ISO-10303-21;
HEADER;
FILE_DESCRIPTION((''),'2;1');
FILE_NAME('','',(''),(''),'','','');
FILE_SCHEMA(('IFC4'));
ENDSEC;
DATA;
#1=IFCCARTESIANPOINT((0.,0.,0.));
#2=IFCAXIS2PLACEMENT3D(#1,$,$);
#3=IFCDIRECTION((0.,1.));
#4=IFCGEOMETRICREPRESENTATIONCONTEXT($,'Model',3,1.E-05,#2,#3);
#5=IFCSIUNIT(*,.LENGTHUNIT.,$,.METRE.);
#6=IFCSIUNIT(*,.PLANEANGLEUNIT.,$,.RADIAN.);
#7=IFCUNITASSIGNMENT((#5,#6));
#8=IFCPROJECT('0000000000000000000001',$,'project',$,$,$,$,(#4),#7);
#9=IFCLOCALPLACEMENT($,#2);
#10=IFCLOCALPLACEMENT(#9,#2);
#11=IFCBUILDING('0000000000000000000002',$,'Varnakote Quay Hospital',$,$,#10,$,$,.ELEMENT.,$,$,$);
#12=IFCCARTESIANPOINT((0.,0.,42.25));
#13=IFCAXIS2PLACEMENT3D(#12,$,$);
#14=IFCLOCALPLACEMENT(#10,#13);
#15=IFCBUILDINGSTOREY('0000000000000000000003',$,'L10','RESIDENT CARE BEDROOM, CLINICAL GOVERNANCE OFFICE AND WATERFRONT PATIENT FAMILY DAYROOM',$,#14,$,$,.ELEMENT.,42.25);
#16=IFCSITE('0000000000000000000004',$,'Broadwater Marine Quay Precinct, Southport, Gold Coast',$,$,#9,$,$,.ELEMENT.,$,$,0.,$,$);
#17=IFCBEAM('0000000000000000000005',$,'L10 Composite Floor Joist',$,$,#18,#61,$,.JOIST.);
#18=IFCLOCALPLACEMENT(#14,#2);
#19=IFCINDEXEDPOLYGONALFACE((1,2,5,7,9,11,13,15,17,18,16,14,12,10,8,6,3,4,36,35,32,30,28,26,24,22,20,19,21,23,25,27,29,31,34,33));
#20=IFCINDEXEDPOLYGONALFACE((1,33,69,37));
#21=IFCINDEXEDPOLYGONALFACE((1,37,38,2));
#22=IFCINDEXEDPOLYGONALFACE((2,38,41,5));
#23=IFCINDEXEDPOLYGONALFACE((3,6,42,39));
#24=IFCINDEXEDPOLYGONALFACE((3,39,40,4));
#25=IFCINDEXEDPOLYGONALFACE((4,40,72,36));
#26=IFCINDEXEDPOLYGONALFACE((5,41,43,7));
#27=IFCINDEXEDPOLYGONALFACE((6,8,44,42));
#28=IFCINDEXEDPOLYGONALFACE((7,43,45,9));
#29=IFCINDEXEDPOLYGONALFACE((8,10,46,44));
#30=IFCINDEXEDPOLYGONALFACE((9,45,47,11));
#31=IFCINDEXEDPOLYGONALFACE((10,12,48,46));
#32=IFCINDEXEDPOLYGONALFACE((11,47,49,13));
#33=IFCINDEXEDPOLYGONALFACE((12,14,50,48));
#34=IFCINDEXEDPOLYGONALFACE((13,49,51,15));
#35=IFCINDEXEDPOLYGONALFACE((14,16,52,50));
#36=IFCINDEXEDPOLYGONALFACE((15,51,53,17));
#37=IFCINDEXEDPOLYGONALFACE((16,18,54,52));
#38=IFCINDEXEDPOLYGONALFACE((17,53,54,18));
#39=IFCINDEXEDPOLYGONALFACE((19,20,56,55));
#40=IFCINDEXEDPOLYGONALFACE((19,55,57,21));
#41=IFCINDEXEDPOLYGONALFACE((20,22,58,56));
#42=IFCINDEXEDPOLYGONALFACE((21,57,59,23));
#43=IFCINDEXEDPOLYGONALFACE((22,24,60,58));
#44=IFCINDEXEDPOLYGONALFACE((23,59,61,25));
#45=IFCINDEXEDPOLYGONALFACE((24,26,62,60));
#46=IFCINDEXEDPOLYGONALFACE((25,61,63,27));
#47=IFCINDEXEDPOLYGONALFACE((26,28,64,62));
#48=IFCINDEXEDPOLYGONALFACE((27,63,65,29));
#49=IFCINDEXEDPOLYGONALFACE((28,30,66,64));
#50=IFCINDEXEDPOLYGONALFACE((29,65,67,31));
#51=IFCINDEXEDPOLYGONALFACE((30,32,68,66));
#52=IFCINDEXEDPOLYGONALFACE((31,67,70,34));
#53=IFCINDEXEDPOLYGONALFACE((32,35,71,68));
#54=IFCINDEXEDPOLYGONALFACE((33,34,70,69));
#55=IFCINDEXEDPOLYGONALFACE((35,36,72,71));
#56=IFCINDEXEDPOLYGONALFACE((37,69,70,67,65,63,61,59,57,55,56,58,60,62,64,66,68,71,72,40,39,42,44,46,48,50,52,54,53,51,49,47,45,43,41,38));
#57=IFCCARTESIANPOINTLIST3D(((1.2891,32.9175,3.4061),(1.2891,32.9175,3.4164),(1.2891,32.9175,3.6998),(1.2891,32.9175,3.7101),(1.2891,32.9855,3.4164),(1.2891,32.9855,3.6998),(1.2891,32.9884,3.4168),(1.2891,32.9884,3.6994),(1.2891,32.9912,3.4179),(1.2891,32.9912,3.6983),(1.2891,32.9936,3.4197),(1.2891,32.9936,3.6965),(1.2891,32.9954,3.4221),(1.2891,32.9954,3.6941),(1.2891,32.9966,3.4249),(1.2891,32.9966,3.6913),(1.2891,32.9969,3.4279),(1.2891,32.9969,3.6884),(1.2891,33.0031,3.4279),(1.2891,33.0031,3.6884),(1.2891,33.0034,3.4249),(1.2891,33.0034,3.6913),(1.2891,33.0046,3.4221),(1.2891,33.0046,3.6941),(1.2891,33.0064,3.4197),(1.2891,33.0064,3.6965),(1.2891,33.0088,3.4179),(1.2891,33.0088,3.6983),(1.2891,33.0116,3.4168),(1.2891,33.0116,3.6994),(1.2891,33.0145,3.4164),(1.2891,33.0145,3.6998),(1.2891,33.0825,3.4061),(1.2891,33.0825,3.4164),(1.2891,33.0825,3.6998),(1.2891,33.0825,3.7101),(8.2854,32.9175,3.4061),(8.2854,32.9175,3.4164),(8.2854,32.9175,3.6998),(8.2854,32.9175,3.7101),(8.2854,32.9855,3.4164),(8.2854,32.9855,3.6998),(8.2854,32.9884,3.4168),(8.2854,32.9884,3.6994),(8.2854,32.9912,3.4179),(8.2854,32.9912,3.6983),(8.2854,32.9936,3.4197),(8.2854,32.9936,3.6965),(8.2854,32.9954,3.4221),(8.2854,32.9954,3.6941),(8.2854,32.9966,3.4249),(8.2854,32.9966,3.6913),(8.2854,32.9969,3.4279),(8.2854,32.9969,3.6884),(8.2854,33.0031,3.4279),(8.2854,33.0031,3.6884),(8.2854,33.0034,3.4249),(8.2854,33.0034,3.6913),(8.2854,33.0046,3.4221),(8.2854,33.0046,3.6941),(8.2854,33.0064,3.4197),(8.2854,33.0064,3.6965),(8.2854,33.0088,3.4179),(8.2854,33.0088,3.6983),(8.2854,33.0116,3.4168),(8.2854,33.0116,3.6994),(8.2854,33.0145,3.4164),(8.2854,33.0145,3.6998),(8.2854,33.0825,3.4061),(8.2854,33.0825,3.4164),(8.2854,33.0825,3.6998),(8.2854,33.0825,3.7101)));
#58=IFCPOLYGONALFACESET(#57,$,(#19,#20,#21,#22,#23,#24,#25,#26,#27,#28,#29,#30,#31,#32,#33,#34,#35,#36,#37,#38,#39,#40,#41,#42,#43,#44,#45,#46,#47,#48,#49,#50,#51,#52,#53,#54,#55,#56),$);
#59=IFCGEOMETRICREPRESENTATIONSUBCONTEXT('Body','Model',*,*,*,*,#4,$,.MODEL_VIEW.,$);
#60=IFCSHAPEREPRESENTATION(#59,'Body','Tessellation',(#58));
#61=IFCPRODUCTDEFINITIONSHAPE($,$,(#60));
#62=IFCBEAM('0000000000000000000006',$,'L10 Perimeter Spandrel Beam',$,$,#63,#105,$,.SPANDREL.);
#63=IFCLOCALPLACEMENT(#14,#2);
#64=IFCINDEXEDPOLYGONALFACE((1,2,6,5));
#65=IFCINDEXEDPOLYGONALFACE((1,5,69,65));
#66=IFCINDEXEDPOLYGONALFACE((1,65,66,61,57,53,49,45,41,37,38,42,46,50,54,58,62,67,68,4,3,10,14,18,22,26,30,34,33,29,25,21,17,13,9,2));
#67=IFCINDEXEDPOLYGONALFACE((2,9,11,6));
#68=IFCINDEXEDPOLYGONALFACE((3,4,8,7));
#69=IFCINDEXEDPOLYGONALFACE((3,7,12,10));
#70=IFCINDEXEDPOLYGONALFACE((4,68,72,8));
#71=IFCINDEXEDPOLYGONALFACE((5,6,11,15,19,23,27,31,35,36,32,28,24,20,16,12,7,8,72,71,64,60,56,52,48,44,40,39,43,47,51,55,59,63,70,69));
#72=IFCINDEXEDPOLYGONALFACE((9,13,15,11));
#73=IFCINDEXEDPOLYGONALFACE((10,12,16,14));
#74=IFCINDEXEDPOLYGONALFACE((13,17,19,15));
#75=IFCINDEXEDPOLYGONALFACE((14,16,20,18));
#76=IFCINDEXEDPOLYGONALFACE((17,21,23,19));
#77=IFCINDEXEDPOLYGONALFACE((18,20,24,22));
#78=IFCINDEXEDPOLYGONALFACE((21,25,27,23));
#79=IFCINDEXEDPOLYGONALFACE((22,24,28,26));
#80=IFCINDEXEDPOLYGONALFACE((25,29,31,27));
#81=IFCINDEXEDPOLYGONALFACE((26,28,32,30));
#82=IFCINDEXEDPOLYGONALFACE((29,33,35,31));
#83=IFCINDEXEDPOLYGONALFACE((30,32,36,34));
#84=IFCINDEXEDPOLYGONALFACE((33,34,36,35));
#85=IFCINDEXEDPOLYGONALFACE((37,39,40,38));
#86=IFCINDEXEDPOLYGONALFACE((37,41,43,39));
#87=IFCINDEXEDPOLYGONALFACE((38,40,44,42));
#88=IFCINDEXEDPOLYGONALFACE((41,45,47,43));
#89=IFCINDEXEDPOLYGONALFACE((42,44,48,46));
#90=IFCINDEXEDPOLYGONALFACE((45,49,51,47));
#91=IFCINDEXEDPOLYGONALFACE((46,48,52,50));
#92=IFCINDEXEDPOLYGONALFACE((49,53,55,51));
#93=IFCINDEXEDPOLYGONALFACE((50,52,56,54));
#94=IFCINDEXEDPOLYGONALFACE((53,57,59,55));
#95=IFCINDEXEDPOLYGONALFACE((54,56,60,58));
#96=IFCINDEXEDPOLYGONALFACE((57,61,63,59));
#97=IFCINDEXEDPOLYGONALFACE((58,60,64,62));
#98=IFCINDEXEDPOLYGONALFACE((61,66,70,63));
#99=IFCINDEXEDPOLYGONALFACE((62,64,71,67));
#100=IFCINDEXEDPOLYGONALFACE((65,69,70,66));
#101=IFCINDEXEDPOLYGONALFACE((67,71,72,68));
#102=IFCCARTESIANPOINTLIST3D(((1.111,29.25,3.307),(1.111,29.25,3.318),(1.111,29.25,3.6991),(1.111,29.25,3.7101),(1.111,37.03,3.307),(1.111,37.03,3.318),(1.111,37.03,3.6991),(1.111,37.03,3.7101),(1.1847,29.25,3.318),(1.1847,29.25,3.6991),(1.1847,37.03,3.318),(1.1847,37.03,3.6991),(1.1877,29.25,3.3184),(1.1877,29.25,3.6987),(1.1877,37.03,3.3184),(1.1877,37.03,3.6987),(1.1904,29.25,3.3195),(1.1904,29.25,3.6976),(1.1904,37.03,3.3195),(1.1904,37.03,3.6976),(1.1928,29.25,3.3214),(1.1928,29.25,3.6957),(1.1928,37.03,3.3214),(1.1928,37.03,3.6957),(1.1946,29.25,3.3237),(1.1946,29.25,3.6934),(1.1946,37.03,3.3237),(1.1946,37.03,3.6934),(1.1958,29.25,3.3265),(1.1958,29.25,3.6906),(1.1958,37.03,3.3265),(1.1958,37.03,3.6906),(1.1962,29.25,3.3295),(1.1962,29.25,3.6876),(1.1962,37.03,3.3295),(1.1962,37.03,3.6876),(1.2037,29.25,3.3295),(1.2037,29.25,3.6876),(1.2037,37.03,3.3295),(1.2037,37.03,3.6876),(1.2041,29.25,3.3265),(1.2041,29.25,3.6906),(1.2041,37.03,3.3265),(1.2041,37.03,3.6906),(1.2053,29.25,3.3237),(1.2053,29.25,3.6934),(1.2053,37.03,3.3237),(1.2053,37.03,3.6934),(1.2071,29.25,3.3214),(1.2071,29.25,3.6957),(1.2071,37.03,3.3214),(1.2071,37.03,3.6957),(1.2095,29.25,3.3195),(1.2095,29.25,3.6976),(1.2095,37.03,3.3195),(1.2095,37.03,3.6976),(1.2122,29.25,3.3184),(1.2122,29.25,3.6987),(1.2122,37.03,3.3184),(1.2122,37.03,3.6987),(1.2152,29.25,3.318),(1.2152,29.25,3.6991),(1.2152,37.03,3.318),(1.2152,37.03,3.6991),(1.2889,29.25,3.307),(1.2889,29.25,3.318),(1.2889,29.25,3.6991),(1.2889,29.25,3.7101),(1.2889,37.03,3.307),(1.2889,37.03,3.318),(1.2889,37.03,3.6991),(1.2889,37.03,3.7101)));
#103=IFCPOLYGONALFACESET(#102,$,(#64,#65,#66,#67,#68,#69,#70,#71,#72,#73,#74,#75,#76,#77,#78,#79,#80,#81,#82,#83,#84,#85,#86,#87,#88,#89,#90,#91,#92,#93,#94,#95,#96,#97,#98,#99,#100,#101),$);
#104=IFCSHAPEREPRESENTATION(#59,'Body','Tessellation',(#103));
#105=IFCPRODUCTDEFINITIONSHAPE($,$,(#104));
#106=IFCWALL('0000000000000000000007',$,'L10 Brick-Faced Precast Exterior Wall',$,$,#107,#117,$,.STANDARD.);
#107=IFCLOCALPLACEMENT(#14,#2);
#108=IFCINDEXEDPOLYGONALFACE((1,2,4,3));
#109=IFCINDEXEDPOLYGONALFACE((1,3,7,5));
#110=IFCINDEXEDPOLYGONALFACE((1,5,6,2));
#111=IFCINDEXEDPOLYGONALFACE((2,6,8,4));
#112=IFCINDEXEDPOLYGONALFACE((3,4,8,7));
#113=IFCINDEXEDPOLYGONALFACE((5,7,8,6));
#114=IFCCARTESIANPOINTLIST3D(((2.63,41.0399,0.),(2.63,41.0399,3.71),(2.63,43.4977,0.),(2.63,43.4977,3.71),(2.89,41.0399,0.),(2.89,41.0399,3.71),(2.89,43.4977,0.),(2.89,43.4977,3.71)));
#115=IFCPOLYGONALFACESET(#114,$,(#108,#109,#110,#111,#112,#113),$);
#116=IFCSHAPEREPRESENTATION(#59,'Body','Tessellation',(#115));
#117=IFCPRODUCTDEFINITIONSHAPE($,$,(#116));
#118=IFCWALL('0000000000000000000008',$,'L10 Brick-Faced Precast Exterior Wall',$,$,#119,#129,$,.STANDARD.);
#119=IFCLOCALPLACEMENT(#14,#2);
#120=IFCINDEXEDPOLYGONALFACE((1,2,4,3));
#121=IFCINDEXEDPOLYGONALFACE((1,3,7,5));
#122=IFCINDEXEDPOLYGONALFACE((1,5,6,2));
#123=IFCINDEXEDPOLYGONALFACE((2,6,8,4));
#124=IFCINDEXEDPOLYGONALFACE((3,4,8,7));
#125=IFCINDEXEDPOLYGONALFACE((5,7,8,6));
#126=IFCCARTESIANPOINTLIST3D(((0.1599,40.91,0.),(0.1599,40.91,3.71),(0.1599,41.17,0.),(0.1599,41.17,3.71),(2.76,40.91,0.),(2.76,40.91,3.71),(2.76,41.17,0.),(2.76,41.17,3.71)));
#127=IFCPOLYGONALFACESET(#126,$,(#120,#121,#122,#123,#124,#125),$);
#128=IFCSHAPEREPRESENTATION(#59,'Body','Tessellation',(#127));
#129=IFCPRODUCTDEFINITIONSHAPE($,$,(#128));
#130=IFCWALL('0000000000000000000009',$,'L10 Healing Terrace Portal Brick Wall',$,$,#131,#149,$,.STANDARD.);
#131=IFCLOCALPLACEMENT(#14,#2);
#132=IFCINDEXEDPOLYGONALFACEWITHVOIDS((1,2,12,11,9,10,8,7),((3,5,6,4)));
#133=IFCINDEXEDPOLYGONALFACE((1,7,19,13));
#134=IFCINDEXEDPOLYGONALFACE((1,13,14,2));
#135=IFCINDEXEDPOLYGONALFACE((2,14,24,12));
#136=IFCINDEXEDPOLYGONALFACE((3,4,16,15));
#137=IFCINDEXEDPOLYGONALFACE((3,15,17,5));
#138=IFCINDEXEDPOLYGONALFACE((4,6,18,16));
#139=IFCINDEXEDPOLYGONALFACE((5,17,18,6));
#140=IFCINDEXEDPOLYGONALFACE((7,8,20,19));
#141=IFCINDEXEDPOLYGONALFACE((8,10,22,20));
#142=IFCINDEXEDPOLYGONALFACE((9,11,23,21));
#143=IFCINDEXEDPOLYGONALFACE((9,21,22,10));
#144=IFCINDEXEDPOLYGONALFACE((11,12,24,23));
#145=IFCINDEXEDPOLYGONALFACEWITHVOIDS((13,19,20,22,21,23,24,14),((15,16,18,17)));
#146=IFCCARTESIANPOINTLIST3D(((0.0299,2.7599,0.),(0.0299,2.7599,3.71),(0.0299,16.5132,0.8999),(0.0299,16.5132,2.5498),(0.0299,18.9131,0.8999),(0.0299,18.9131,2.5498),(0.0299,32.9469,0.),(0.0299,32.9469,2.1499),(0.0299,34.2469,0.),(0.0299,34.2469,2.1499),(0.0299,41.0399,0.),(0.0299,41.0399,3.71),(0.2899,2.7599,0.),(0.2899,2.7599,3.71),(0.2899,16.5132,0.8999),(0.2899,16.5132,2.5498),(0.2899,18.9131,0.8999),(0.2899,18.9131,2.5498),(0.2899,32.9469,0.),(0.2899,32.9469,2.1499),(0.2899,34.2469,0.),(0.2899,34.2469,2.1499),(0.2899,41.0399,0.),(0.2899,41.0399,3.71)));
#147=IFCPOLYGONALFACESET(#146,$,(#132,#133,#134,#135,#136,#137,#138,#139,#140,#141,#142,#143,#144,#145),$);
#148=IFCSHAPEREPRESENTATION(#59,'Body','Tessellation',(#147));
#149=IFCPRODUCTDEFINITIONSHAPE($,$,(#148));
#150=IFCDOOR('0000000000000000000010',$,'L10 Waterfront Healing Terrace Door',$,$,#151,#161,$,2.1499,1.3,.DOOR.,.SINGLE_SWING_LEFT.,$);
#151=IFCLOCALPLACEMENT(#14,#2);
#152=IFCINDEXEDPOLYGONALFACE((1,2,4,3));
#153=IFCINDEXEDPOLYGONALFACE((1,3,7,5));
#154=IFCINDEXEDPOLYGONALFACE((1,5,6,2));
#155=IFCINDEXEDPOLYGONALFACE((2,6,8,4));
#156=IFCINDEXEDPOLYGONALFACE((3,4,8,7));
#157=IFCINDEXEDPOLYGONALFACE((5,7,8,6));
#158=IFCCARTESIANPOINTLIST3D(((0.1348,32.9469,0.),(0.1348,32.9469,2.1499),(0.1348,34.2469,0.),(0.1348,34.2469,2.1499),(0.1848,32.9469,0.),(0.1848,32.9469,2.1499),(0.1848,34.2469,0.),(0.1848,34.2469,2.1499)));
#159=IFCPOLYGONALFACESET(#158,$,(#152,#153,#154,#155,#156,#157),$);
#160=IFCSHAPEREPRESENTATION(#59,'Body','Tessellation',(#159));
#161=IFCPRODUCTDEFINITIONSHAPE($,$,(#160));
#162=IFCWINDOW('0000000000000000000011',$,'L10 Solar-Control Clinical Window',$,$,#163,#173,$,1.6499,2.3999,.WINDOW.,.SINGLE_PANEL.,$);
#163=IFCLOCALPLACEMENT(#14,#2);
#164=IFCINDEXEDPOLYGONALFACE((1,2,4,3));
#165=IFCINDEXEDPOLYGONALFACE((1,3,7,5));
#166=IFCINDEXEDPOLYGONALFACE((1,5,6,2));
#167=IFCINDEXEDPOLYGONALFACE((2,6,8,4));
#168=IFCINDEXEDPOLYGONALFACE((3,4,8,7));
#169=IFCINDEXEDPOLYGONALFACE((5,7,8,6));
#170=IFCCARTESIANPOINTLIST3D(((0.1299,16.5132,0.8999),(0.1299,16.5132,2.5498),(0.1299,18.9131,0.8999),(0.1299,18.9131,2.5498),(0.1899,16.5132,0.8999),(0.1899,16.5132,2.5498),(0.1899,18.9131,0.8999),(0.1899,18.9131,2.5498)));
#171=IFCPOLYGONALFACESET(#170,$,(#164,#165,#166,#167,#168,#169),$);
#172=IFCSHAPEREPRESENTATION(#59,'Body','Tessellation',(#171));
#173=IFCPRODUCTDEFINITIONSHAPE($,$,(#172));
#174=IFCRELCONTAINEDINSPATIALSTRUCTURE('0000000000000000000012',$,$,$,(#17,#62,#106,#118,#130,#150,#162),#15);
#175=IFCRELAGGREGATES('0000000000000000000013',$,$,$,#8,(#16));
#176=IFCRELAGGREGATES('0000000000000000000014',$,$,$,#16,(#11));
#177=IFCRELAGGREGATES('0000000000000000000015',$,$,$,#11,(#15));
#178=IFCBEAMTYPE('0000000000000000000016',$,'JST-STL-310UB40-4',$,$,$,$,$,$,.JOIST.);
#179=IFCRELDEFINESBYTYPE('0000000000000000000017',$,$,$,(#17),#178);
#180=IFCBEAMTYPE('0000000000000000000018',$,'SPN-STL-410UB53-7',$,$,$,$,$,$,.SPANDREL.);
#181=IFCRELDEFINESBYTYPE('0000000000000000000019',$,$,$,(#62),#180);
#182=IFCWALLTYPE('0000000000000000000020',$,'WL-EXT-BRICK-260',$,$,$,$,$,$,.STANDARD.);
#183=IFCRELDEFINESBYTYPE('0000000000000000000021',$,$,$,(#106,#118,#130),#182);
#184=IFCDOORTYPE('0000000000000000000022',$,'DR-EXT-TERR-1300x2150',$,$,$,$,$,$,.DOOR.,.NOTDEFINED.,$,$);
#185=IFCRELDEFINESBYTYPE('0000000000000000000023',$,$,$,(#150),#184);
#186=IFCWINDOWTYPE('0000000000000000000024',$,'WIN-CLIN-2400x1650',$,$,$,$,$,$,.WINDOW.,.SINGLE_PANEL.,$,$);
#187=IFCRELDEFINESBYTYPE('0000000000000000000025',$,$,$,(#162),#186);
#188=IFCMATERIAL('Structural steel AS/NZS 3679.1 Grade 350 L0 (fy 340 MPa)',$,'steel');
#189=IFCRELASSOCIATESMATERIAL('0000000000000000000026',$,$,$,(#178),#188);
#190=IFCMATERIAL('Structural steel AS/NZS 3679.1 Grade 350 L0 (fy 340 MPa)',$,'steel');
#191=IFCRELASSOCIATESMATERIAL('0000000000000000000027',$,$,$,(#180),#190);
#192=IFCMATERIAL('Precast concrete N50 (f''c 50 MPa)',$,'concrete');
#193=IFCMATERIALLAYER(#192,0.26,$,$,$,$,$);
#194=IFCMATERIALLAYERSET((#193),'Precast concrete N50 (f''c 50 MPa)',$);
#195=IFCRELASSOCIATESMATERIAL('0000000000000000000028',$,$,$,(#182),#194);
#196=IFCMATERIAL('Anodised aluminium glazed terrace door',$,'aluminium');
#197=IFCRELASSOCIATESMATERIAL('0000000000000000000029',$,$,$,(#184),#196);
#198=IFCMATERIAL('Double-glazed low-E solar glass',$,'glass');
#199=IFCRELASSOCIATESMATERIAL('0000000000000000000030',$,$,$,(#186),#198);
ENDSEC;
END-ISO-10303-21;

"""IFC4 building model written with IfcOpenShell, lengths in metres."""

from ifc_helpers import new_model, si_unit, direction, frame, frame_2d, origin, origin_2d, place, context, subcontext, project, spatial, rectangle, i_section, extrude, material, layer, layer_set, material_profile, profile_set, type_object, element, fill, save


model = new_model("IFC4")

# Units and contexts
model_context = context("Model", 3, precision=1e-05, world=origin(), true_north=direction((0.0, 1.0)))
body_context = subcontext(model_context, "Body", "Model", "MODEL_VIEW")
ifc_project = project(units=[si_unit("LENGTHUNIT", "METRE"), si_unit("PLANEANGLEUNIT", "RADIAN")], contexts=[model_context])

# Site, building, storey
site_placement = place(None, origin())
site = spatial("IfcSite", under=ifc_project, at=site_placement, Name="Broadwater Marine Quay Precinct, Southport, Gold Coast", CompositionType="ELEMENT", RefElevation=0.0)
building_placement = place(site_placement, origin())
building = spatial("IfcBuilding", under=site, at=building_placement, Name="Varnakote Quay Hospital", CompositionType="ELEMENT")
storey_placement = place(building_placement, frame((0.0, 0.0, 42.25)))
storey = spatial("IfcBuildingStorey", under=building, at=storey_placement, Name="L10", Description="RESIDENT CARE BEDROOM, CLINICAL GOVERNANCE OFFICE AND WATERFRONT PATIENT FAMILY DAYROOM", CompositionType="ELEMENT", Elevation=42.25)

# Beams
ifc_material_1 = material(Name="Structural steel AS/NZS 3679.1 Grade 350 L0 (fy 340 MPa)", Category="steel")
ifc_material_profile_1 = material_profile(ifc_material_1, i_section(OverallWidth=0.165, OverallDepth=0.304, WebThickness=0.0061, FlangeThickness=0.0103, FilletRadius=0.0115, at=origin_2d()), Name="310UB40.4")
ifc_profile_set_1 = profile_set([ifc_material_profile_1], Name="Structural steel AS/NZS 3679.1 Grade 350 L0 (fy 340 MPa)")
beam_type_1 = type_object("IfcBeamType", Name="JST-STL-310UB40-4", PredefinedType="JOIST", material=ifc_profile_set_1)
beam_1_placement = place(storey_placement, frame((1.2891, 33.0, 3.5581), z_axis=(1.0, 0.0, 0.0), x_axis=(0.0, 1.0, 0.0)))
element("IfcBeam", 1, at=beam_1_placement, inside=storey, type_object=beam_type_1, Name="L10 Composite Floor Joist", PredefinedType="JOIST", context=body_context, shape_type="SweptSolid", body=[
    extrude(i_section(OverallWidth=0.165, OverallDepth=0.304, WebThickness=0.0061, FlangeThickness=0.0103, FilletRadius=0.0115, at=origin_2d()), origin(), (0.0, 0.0, 1.0), 6.9963),
])
ifc_material_2 = material(Name="Structural steel AS/NZS 3679.1 Grade 350 L0 (fy 340 MPa)", Category="steel")
ifc_material_profile_2 = material_profile(ifc_material_2, i_section(OverallWidth=0.178, OverallDepth=0.4031, WebThickness=0.0076, FlangeThickness=0.011, FilletRadius=0.0115, at=origin_2d()), Name="410UB53.7")
ifc_profile_set_2 = profile_set([ifc_material_profile_2], Name="Structural steel AS/NZS 3679.1 Grade 350 L0 (fy 340 MPa)")
beam_type_2 = type_object("IfcBeamType", Name="SPN-STL-410UB53-7", PredefinedType="SPANDREL", material=ifc_profile_set_2)
beam_2_placement = place(storey_placement, frame((1.2, 29.25, 3.5085), z_axis=(0.0, 1.0, 0.0), x_axis=(-1.0, 0.0, 0.0)))
element("IfcBeam", 2, at=beam_2_placement, inside=storey, type_object=beam_type_2, Name="L10 Perimeter Spandrel Beam", PredefinedType="SPANDREL", context=body_context, shape_type="SweptSolid", body=[
    extrude(i_section(OverallWidth=0.178, OverallDepth=0.4031, WebThickness=0.0076, FlangeThickness=0.011, FilletRadius=0.0115, at=origin_2d()), origin(), (0.0, 0.0, 1.0), 7.78),
])

# Walls
ifc_material_3 = material(Name="Precast concrete N50 (f'c 50 MPa)", Category="concrete")
ifc_layer_1 = layer(ifc_material_3, 0.26)
ifc_layer_set_1 = layer_set([ifc_layer_1], Name="Precast concrete N50 (f'c 50 MPa)")
wall_type = type_object("IfcWallType", Name="WL-EXT-BRICK-260", PredefinedType="STANDARD", material=ifc_layer_set_1)
wall_1_placement = place(storey_placement, frame((2.76, 43.4978, 0.0), z_axis=(0.0, 0.0, 1.0), x_axis=(0.0, -1.0, 0.0)))
element("IfcWall", 3, at=wall_1_placement, inside=storey, type_object=wall_type, Name="L10 Brick-Faced Precast Exterior Wall", PredefinedType="STANDARD", context=body_context, shape_type="SweptSolid", body=[
    extrude(rectangle(XDim=2.4578, YDim=0.26, at=frame_2d((1.229, 0.0))), origin(), (0.0, 0.0, 1.0), 3.71),
])
wall_2_placement = place(storey_placement, frame((2.76, 41.04, 0.0), z_axis=(0.0, 0.0, 1.0), x_axis=(-1.0, 0.0, 0.0)))
element("IfcWall", 4, at=wall_2_placement, inside=storey, type_object=wall_type, Name="L10 Brick-Faced Precast Exterior Wall", PredefinedType="STANDARD", context=body_context, shape_type="SweptSolid", body=[
    extrude(rectangle(XDim=2.6001, YDim=0.26, at=frame_2d((1.3, 0.0))), origin(), (0.0, 0.0, 1.0), 3.71),
])

# Wall, openings, door, window
wall_3_placement = place(storey_placement, frame((0.1599, 41.04, 0.0), z_axis=(0.0, 0.0, 1.0), x_axis=(0.0, -1.0, 0.0)))
wall_3 = element("IfcWall", 5, at=wall_3_placement, inside=storey, type_object=wall_type, Name="L10 Healing Terrace Portal Brick Wall", PredefinedType="STANDARD", context=body_context, shape_type="SweptSolid", body=[
    extrude(rectangle(XDim=38.28, YDim=0.26, at=frame_2d((19.1401, 0.0))), origin(), (0.0, 0.0, 1.0), 3.71),
])
opening_1_placement = place(wall_3_placement, frame((6.7932, 0.0, 0.0)))
opening_1 = element("IfcOpeningElement", 6, at=opening_1_placement, cuts=wall_3, PredefinedType="OPENING", context=body_context, shape_type="SweptSolid", body=[
    extrude(rectangle(XDim=1.3, YDim=2.1499, at=frame_2d((0.6499, 1.075))), frame((0.0, 0.1399, 0.0), z_axis=(0.0, -1.0, 0.0), x_axis=(1.0, 0.0, 0.0)), (0.0, 0.0, 1.0), 0.28),
])
opening_2_placement = place(wall_3_placement, frame((22.127, 0.0, 0.8999)))
opening_2 = element("IfcOpeningElement", 7, at=opening_2_placement, cuts=wall_3, PredefinedType="OPENING", context=body_context, shape_type="SweptSolid", body=[
    extrude(rectangle(XDim=2.3999, YDim=1.6499, at=frame_2d((1.2, 0.825))), frame((0.0, 0.1399, 0.0), z_axis=(0.0, -1.0, 0.0), x_axis=(1.0, 0.0, 0.0)), (0.0, 0.0, 1.0), 0.28),
])
ifc_material_4 = material(Name="Anodised aluminium glazed terrace door", Category="aluminium")
door_type = type_object("IfcDoorType", Name="DR-EXT-TERR-1300x2150", OperationType="NOTDEFINED", PredefinedType="DOOR", material=ifc_material_4)
door_placement = place(opening_1_placement, origin())
door = element("IfcDoor", 8, at=door_placement, inside=storey, type_object=door_type, Name="L10 Waterfront Healing Terrace Door", OperationType="SINGLE_SWING_LEFT", OverallHeight=2.1499, OverallWidth=1.3, PredefinedType="DOOR", context=body_context, shape_type="SweptSolid", body=[
    extrude(rectangle(XDim=1.3, YDim=2.1499, at=frame_2d((0.6499, 1.075))), frame((0.0, 0.0249, 0.0), z_axis=(0.0, -1.0, 0.0), x_axis=(1.0, 0.0, 0.0)), (0.0, 0.0, 1.0), 0.05),
])
fill(opening_1, door)
ifc_material_5 = material(Name="Double-glazed low-E solar glass", Category="glass")
window_type = type_object("IfcWindowType", Name="WIN-CLIN-2400x1650", PartitioningType="SINGLE_PANEL", PredefinedType="WINDOW", material=ifc_material_5)
window_placement = place(opening_2_placement, origin())
window = element("IfcWindow", 9, at=window_placement, inside=storey, type_object=window_type, Name="L10 Solar-Control Clinical Window", OverallHeight=1.6499, OverallWidth=2.3999, PartitioningType="SINGLE_PANEL", PredefinedType="WINDOW", context=body_context, shape_type="SweptSolid", body=[
    extrude(rectangle(XDim=2.3999, YDim=1.6499, at=frame_2d((1.2, 0.825))), frame((0.0, 0.03, 0.0), z_axis=(0.0, -1.0, 0.0), x_axis=(1.0, 0.0, 0.0)), (0.0, 0.0, 1.0), 0.0601),
])
fill(opening_2, window)

save(model, "model.ifc")
